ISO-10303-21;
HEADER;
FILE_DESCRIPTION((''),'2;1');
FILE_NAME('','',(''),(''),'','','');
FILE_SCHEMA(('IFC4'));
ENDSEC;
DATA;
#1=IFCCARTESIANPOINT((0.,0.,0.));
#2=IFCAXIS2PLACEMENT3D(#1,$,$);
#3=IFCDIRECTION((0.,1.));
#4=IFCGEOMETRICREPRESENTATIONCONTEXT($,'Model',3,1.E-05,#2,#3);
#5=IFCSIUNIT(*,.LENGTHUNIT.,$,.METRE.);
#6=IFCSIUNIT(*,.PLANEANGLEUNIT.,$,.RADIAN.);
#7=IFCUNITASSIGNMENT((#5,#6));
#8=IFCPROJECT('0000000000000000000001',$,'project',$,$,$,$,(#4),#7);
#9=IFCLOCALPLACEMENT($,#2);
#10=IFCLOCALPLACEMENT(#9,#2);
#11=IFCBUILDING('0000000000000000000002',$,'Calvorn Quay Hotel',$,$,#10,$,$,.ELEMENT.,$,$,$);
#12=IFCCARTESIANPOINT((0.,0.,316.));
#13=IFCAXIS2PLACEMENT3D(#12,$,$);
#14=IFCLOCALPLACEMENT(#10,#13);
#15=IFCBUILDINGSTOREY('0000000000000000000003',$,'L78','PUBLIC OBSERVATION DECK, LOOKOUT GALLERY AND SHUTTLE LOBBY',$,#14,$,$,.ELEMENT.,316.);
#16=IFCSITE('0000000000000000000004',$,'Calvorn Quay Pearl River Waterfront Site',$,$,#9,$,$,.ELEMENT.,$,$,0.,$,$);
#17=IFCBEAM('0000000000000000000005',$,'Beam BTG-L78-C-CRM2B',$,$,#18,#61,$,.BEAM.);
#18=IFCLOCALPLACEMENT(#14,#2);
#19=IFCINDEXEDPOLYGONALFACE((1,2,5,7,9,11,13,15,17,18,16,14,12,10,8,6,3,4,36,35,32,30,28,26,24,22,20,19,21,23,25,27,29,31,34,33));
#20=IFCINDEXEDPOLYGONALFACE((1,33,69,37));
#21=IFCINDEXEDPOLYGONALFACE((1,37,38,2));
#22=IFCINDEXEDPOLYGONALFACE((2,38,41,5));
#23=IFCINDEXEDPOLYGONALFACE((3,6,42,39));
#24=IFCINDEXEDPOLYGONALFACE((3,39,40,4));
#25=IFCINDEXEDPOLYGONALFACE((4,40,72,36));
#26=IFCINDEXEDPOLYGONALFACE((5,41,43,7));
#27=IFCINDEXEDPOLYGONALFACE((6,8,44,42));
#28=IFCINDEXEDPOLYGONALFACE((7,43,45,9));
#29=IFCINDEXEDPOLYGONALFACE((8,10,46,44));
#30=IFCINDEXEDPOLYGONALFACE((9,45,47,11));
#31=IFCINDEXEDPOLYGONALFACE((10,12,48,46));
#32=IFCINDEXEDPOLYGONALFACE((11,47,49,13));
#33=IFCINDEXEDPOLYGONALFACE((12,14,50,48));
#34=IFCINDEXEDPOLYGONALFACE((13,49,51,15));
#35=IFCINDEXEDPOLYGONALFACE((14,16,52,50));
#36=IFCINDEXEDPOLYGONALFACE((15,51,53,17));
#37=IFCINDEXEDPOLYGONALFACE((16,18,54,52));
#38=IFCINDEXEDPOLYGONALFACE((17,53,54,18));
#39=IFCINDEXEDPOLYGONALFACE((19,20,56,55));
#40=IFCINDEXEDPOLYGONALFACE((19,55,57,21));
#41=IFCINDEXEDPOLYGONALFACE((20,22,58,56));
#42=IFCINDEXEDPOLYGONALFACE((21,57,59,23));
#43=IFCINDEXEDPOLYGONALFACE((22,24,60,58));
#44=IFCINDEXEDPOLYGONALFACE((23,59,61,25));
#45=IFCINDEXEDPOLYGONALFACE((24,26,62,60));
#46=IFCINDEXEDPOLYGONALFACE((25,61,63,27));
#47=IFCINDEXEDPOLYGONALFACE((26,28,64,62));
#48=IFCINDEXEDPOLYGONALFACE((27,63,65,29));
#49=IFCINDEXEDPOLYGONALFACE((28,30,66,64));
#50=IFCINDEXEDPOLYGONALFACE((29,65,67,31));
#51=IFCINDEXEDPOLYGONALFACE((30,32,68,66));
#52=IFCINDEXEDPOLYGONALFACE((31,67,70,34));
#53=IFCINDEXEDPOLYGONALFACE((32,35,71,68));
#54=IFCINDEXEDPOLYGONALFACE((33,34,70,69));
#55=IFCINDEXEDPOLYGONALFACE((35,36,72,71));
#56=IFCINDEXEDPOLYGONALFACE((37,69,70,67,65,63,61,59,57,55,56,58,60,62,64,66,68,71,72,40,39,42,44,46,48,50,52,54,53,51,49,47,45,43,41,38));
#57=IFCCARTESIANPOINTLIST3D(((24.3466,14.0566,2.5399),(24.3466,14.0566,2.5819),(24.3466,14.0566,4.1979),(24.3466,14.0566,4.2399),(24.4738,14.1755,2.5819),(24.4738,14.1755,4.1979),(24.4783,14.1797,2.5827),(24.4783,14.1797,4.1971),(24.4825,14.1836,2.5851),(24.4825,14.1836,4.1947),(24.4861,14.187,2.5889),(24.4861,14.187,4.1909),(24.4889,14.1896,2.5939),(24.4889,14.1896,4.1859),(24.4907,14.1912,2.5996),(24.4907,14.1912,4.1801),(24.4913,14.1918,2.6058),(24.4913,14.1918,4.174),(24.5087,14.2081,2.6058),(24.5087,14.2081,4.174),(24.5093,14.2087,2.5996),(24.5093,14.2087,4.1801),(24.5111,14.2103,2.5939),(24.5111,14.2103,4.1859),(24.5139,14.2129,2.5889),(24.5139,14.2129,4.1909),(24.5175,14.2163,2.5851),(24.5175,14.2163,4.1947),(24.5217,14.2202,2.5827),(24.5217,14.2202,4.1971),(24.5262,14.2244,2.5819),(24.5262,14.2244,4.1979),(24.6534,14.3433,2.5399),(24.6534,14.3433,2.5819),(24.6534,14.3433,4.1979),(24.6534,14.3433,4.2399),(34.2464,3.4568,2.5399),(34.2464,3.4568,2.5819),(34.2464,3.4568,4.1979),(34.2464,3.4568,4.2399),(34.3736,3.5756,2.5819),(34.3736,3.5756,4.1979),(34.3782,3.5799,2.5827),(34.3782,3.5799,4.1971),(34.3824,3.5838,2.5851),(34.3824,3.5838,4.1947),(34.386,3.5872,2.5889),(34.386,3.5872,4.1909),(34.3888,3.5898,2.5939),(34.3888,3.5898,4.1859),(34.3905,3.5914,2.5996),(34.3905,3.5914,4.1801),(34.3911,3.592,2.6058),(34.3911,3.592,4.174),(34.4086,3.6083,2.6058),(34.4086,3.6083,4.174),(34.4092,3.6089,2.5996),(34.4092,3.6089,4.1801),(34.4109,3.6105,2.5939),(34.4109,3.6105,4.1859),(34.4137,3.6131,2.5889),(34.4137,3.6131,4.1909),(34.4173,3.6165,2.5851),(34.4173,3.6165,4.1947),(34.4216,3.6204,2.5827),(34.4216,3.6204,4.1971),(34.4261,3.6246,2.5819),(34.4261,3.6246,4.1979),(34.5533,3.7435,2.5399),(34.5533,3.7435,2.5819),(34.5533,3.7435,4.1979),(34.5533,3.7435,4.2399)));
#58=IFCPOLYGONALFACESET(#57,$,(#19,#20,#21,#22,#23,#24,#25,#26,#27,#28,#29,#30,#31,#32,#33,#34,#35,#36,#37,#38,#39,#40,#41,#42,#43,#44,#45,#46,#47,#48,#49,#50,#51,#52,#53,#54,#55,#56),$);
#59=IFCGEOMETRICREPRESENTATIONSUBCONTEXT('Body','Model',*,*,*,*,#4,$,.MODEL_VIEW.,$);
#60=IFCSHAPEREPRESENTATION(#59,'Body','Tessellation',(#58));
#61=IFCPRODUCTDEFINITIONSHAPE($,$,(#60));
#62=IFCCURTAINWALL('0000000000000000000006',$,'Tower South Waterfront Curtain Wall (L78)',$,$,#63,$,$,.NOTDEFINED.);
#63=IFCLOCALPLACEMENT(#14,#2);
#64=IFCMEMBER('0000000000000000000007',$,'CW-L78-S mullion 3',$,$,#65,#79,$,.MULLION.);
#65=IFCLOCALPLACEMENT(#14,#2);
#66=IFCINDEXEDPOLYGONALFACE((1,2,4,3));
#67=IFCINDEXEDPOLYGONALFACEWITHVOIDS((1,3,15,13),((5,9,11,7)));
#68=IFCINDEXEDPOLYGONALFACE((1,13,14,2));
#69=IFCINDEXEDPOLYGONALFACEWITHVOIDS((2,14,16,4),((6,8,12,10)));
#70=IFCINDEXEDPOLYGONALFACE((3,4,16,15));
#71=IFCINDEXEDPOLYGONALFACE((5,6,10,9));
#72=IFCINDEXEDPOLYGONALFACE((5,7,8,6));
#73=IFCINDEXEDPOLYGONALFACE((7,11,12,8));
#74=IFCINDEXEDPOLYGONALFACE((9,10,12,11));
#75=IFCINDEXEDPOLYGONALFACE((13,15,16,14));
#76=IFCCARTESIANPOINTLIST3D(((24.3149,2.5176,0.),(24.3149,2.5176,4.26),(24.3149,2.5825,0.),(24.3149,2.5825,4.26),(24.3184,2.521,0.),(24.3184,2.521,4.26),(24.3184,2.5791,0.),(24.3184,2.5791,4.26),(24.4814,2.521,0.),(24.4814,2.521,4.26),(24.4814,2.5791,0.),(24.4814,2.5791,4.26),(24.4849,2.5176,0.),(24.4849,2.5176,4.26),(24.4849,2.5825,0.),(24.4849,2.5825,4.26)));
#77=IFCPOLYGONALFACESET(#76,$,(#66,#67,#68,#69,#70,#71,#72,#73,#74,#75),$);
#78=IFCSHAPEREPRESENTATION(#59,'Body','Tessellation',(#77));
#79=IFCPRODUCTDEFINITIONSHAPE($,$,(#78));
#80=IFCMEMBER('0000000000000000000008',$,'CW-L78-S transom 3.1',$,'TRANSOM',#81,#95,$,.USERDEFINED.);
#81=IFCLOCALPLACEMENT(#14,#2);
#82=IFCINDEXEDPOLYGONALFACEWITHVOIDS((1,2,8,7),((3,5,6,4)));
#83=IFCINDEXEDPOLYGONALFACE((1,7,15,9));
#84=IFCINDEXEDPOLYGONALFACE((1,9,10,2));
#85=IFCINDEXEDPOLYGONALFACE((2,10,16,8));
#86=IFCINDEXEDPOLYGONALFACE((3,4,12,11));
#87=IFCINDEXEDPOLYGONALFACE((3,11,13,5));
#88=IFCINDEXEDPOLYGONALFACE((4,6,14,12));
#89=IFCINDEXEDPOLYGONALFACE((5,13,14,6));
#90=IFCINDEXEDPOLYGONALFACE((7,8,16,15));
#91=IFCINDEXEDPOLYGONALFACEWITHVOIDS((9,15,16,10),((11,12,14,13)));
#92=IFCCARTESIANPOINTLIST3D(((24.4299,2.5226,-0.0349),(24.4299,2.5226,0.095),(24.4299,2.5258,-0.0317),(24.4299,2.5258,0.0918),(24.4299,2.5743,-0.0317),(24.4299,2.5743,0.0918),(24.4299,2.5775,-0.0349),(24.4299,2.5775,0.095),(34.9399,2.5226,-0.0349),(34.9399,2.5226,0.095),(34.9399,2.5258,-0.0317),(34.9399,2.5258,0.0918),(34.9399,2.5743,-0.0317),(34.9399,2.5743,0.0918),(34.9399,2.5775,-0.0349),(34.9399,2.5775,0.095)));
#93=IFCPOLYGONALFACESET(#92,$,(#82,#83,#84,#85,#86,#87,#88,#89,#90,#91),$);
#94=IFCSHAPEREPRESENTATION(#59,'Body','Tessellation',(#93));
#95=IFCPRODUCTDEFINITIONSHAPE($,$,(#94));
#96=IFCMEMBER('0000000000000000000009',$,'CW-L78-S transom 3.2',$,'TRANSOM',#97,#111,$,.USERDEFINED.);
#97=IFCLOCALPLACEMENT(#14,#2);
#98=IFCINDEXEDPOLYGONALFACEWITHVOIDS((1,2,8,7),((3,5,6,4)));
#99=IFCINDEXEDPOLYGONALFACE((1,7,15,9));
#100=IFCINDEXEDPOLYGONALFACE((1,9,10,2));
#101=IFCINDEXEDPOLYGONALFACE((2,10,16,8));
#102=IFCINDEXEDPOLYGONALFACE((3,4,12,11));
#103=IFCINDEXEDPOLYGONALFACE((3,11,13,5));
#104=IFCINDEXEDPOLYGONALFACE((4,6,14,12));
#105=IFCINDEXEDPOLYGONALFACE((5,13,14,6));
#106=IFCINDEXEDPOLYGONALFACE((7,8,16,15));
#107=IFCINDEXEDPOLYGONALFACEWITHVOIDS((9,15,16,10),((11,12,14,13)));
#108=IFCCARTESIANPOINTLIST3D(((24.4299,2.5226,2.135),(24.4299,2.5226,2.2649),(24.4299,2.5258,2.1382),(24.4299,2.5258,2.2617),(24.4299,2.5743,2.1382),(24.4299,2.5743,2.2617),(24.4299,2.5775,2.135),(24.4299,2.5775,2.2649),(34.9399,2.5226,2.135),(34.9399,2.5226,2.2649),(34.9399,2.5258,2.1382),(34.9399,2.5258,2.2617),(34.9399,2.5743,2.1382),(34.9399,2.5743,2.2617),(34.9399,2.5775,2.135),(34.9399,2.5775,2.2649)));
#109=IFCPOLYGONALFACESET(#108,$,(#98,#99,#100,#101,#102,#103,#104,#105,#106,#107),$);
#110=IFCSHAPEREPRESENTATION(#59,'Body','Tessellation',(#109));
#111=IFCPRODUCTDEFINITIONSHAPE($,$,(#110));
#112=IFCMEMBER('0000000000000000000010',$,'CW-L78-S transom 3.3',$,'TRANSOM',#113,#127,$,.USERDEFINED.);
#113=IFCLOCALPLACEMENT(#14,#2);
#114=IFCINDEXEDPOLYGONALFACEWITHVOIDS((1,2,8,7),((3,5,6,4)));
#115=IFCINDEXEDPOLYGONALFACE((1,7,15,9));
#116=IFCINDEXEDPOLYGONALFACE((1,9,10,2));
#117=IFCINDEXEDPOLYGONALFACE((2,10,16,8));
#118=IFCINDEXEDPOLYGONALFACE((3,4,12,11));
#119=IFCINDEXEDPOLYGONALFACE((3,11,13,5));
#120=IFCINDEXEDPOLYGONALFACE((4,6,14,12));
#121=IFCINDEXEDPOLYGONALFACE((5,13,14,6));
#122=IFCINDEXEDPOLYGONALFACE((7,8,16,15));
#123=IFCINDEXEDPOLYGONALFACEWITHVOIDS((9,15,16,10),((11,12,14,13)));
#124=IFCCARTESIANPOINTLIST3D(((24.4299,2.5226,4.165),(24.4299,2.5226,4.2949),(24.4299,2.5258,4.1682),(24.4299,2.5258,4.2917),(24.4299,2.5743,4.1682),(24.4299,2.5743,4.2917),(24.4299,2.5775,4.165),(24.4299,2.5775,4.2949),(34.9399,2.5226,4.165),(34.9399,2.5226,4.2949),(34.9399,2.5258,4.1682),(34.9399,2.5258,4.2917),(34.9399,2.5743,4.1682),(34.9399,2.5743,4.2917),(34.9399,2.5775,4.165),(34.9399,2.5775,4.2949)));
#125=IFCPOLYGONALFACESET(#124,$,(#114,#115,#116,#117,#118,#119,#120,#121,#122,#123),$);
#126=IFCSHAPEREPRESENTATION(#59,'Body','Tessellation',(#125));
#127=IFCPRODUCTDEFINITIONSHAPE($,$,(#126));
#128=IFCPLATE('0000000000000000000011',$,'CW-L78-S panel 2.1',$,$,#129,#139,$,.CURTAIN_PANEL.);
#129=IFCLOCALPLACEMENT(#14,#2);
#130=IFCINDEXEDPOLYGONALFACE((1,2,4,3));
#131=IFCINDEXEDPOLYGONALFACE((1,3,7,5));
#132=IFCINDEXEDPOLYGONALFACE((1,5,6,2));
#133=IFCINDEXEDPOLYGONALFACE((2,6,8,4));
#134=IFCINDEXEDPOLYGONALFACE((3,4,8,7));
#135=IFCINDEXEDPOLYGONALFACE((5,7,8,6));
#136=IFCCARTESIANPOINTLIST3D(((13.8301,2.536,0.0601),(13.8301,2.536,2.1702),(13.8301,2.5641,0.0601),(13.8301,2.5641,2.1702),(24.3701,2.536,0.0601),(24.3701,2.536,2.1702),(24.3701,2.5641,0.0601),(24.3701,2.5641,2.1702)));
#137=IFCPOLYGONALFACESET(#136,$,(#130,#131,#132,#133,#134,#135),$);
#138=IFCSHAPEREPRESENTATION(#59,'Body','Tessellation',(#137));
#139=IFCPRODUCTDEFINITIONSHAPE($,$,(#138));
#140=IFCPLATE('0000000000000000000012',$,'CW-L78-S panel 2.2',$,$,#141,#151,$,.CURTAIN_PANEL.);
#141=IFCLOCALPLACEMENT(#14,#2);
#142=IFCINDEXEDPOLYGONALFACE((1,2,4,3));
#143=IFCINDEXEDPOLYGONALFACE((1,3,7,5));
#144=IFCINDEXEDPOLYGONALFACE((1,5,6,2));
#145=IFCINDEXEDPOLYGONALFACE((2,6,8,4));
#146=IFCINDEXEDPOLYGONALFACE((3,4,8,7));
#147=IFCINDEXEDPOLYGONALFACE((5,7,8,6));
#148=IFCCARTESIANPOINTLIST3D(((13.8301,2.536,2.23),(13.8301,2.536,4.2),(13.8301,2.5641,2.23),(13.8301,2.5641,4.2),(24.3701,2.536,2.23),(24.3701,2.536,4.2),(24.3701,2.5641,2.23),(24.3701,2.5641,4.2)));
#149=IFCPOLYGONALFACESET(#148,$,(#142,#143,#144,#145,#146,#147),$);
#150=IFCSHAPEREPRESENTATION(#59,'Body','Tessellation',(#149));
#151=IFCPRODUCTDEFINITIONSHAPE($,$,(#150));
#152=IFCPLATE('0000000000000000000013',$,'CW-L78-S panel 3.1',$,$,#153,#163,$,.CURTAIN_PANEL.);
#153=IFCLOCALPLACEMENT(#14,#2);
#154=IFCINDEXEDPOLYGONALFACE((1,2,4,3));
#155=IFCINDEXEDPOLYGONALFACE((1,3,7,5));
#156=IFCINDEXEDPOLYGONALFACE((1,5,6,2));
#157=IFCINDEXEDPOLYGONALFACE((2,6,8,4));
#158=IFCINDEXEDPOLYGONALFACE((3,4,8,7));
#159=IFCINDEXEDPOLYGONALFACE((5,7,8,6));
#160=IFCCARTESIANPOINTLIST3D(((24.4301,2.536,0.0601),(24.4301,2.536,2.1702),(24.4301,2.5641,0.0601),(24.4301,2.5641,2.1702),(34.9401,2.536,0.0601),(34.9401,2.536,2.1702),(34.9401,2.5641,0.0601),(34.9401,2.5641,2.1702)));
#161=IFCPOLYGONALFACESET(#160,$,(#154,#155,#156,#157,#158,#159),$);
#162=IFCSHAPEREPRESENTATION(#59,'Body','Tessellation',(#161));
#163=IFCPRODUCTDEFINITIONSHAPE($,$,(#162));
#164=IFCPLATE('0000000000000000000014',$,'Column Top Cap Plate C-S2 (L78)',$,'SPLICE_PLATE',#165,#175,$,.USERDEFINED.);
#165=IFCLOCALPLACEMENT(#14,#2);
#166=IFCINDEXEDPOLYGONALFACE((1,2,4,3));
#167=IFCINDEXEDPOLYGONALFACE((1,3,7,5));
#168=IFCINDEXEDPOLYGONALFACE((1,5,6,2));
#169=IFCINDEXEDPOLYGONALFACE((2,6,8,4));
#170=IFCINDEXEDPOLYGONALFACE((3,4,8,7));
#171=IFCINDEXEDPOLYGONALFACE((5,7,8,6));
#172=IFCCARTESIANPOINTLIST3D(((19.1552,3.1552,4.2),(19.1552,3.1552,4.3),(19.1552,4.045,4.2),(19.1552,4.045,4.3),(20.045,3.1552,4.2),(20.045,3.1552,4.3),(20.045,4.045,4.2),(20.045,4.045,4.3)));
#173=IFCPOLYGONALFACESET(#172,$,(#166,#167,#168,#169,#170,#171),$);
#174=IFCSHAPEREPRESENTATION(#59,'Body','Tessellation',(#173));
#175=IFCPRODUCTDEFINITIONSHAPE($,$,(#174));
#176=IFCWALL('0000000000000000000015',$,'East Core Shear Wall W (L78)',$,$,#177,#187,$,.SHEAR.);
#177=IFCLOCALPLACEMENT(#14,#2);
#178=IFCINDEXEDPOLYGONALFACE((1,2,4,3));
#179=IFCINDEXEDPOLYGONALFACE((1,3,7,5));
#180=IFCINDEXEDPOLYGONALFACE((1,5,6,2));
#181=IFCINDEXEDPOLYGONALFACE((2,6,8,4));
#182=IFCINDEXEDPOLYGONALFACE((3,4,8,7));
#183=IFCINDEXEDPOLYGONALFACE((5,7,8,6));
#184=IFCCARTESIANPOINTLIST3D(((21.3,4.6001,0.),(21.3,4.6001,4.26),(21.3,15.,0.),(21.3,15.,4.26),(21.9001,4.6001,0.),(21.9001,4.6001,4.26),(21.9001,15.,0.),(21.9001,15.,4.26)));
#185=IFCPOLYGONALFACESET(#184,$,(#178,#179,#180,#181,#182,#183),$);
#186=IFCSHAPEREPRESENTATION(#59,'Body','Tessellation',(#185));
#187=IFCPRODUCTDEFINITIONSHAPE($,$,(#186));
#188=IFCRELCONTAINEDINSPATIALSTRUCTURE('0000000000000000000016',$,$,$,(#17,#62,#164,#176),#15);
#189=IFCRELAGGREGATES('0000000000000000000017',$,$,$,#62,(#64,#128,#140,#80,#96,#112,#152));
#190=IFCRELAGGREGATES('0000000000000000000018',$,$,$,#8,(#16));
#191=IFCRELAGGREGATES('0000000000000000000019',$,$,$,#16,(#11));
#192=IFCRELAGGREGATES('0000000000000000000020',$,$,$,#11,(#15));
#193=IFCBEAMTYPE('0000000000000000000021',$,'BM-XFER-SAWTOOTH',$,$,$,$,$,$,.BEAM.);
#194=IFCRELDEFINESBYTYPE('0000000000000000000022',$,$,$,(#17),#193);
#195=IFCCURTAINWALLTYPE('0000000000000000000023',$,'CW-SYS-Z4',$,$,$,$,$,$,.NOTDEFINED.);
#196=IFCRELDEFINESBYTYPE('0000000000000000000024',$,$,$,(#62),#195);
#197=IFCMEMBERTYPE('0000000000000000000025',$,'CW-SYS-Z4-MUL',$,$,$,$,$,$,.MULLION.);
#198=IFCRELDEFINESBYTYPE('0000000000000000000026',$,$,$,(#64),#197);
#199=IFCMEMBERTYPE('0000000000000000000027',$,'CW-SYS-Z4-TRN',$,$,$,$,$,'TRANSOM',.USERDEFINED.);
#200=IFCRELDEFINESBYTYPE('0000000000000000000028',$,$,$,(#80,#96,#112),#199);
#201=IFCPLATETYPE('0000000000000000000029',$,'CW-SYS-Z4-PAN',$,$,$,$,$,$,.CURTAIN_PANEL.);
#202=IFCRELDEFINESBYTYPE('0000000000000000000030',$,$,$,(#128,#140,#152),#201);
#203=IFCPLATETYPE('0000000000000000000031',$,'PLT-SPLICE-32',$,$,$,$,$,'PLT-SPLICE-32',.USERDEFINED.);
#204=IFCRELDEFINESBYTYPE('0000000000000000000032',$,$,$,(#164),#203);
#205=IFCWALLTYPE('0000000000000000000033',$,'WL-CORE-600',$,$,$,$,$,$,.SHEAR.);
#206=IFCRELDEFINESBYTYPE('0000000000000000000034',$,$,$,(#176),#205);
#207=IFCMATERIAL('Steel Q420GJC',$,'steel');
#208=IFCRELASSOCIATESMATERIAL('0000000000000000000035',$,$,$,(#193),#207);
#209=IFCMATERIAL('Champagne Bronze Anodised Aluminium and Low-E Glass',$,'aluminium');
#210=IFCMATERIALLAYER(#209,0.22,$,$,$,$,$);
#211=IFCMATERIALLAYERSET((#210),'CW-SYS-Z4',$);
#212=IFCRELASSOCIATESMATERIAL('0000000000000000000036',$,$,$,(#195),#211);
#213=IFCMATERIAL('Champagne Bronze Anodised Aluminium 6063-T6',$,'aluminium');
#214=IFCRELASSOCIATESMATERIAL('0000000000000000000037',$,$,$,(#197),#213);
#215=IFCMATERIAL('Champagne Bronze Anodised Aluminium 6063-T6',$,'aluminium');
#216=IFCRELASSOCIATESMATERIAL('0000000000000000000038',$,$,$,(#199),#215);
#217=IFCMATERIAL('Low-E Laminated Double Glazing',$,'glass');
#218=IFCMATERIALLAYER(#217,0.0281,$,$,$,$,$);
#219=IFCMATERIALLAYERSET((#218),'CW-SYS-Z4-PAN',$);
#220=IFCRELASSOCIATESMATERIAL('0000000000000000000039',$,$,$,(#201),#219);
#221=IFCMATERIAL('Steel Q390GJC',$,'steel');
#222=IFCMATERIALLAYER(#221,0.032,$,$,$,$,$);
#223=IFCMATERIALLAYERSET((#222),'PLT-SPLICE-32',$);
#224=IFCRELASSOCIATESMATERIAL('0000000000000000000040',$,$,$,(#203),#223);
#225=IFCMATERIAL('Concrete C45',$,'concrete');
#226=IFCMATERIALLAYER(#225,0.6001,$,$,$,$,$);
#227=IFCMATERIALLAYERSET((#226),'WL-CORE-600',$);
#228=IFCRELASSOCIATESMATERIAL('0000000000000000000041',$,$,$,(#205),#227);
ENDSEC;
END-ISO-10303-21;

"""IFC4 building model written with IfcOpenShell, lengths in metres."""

from ifc_helpers import new_model, si_unit, direction, frame, frame_2d, origin, origin_2d, place, context, subcontext, project, spatial, rectangle, hollow_rectangle, i_section, extrude, material, layer, layer_set, material_profile, profile_set, type_object, element, aggregate, save


model = new_model("IFC4")

# Units and contexts
model_context = context("Model", 3, precision=1e-05, world=origin(), true_north=direction((0.0, 1.0)))
body_context = subcontext(model_context, "Body", "Model", "MODEL_VIEW")
ifc_project = project(units=[si_unit("LENGTHUNIT", "METRE"), si_unit("PLANEANGLEUNIT", "RADIAN")], contexts=[model_context])

# Site, building, storey
site_placement = place(None, origin())
site = spatial("IfcSite", under=ifc_project, at=site_placement, Name="Calvorn Quay Pearl River Waterfront Site", CompositionType="ELEMENT", RefElevation=0.0)
building_placement = place(site_placement, origin())
building = spatial("IfcBuilding", under=site, at=building_placement, Name="Calvorn Quay Hotel", CompositionType="ELEMENT")
storey_placement = place(building_placement, frame((0.0, 0.0, 316.0)))
storey = spatial("IfcBuildingStorey", under=building, at=storey_placement, Name="L78", Description="PUBLIC OBSERVATION DECK, LOOKOUT GALLERY AND SHUTTLE LOBBY", CompositionType="ELEMENT", Elevation=316.0)

# Beam
ifc_material_1 = material(Name="Steel Q420GJC", Category="steel")
ifc_material_profile_1 = material_profile(ifc_material_1, i_section(OverallWidth=0.4199, OverallDepth=1.7, WebThickness=0.0239, FlangeThickness=0.042, FilletRadius=0.0239, at=origin_2d()), Name="HN1700x420x24x42")
ifc_profile_set_1 = profile_set([ifc_material_profile_1], Name="Steel Q420GJC")
beam_type_1 = type_object("IfcBeamType", Name="BM-XFER-SAWTOOTH", PredefinedType="BEAM", material=ifc_profile_set_1)
beam_1_placement = place(storey_placement, frame((24.5, 14.2, 3.3899), z_axis=(0.682565, -0.730825, 0.0), x_axis=(0.730825, 0.682565, 0.0)))
element("IfcBeam", 1, at=beam_1_placement, inside=storey, type_object=beam_type_1, Name="Beam BTG-L78-C-CRM2B", PredefinedType="BEAM", context=body_context, shape_type="SweptSolid", body=[
    extrude(i_section(OverallWidth=0.4199, OverallDepth=1.7, WebThickness=0.0239, FlangeThickness=0.042, FilletRadius=0.0239, at=origin_2d()), origin(), (0.0, 0.0, 1.0), 14.5039),
])

# Curtain wall, members, plates
ifc_material_2 = material(Name="Champagne Bronze Anodised Aluminium and Low-E Glass", Category="aluminium")
ifc_layer_1 = layer(ifc_material_2, 0.22)
ifc_layer_set_1 = layer_set([ifc_layer_1], Name="CW-SYS-Z4")
curtain_wall_type = type_object("IfcCurtainWallType", Name="CW-SYS-Z4", PredefinedType="NOTDEFINED", material=ifc_layer_set_1)
curtain_wall_placement = place(storey_placement, origin())
curtain_wall = element("IfcCurtainWall", 2, at=curtain_wall_placement, inside=storey, type_object=curtain_wall_type, Name="Tower South Waterfront Curtain Wall (L78)", PredefinedType="NOTDEFINED")
ifc_material_3 = material(Name="Champagne Bronze Anodised Aluminium 6063-T6", Category="aluminium")
ifc_material_profile_2 = material_profile(ifc_material_3, hollow_rectangle(XDim=0.0649, YDim=0.1699, WallThickness=0.0034, at=origin_2d()), Name="ALU-M170x65x3.5")
ifc_profile_set_2 = profile_set([ifc_material_profile_2], Name="Champagne Bronze Anodised Aluminium 6063-T6")
member_type_1 = type_object("IfcMemberType", Name="CW-SYS-Z4-MUL", PredefinedType="MULLION", material=ifc_profile_set_2)
member_1_placement = place(storey_placement, frame((24.3999, 2.55, 0.0), z_axis=(0.0, 0.0, 1.0), x_axis=(0.0, 1.0, 0.0)))
member_1 = element("IfcMember", 3, at=member_1_placement, type_object=member_type_1, Name="CW-L78-S mullion 3", PredefinedType="MULLION", context=body_context, shape_type="SweptSolid", body=[
    extrude(hollow_rectangle(XDim=0.0649, YDim=0.1699, WallThickness=0.0034, at=origin_2d()), origin(), (0.0, 0.0, 1.0), 4.26),
])
ifc_material_4 = material(Name="Champagne Bronze Anodised Aluminium 6063-T6", Category="aluminium")
ifc_material_profile_3 = material_profile(ifc_material_4, hollow_rectangle(XDim=0.0549, YDim=0.1299, WallThickness=0.0032, at=origin_2d()), Name="ALU-T130x55x3.2")
ifc_profile_set_3 = profile_set([ifc_material_profile_3], Name="Champagne Bronze Anodised Aluminium 6063-T6")
member_type_2 = type_object("IfcMemberType", Name="CW-SYS-Z4-TRN", ElementType="TRANSOM", PredefinedType="USERDEFINED", material=ifc_profile_set_3)
member_2_placement = place(storey_placement, frame((24.4299, 2.55, 0.03), z_axis=(1.0, 0.0, 0.0), x_axis=(0.0, 1.0, 0.0)))
member_2 = element("IfcMember", 4, at=member_2_placement, type_object=member_type_2, Name="CW-L78-S transom 3.1", ObjectType="TRANSOM", PredefinedType="USERDEFINED", context=body_context, shape_type="SweptSolid", body=[
    extrude(hollow_rectangle(XDim=0.0549, YDim=0.1299, WallThickness=0.0032, at=origin_2d()), origin(), (0.0, 0.0, 1.0), 10.51),
])
member_3_placement = place(storey_placement, frame((24.4299, 2.55, 2.2), z_axis=(1.0, 0.0, 0.0), x_axis=(0.0, 1.0, 0.0)))
member_3 = element("IfcMember", 5, at=member_3_placement, type_object=member_type_2, Name="CW-L78-S transom 3.2", ObjectType="TRANSOM", PredefinedType="USERDEFINED", context=body_context, shape_type="SweptSolid", body=[
    extrude(hollow_rectangle(XDim=0.0549, YDim=0.1299, WallThickness=0.0032, at=origin_2d()), origin(), (0.0, 0.0, 1.0), 10.51),
])
member_4_placement = place(storey_placement, frame((24.4299, 2.55, 4.23), z_axis=(1.0, 0.0, 0.0), x_axis=(0.0, 1.0, 0.0)))
member_4 = element("IfcMember", 6, at=member_4_placement, type_object=member_type_2, Name="CW-L78-S transom 3.3", ObjectType="TRANSOM", PredefinedType="USERDEFINED", context=body_context, shape_type="SweptSolid", body=[
    extrude(hollow_rectangle(XDim=0.0549, YDim=0.1299, WallThickness=0.0032, at=origin_2d()), origin(), (0.0, 0.0, 1.0), 10.51),
])
ifc_material_5 = material(Name="Low-E Laminated Double Glazing", Category="glass")
ifc_layer_2 = layer(ifc_material_5, 0.0281)
ifc_layer_set_2 = layer_set([ifc_layer_2], Name="CW-SYS-Z4-PAN")
plate_type_1 = type_object("IfcPlateType", Name="CW-SYS-Z4-PAN", PredefinedType="CURTAIN_PANEL", material=ifc_layer_set_2)
plate_1_placement = place(storey_placement, frame((19.1001, 2.55, 0.0601), z_axis=(0.0, 0.0, 1.0), x_axis=(1.0, 0.0, 0.0)))
plate_1 = element("IfcPlate", 7, at=plate_1_placement, type_object=plate_type_1, Name="CW-L78-S panel 2.1", PredefinedType="CURTAIN_PANEL", context=body_context, shape_type="SweptSolid", body=[
    extrude(rectangle(XDim=10.54, YDim=0.0281, at=origin_2d()), origin(), (0.0, 0.0, 1.0), 2.1101),
])
plate_2_placement = place(storey_placement, frame((19.1001, 2.55, 2.23), z_axis=(0.0, 0.0, 1.0), x_axis=(1.0, 0.0, 0.0)))
plate_2 = element("IfcPlate", 8, at=plate_2_placement, type_object=plate_type_1, Name="CW-L78-S panel 2.2", PredefinedType="CURTAIN_PANEL", context=body_context, shape_type="SweptSolid", body=[
    extrude(rectangle(XDim=10.54, YDim=0.0281, at=origin_2d()), origin(), (0.0, 0.0, 1.0), 1.97),
])
plate_3_placement = place(storey_placement, frame((29.6851, 2.55, 0.0601), z_axis=(0.0, 0.0, 1.0), x_axis=(1.0, 0.0, 0.0)))
plate_3 = element("IfcPlate", 9, at=plate_3_placement, type_object=plate_type_1, Name="CW-L78-S panel 3.1", PredefinedType="CURTAIN_PANEL", context=body_context, shape_type="SweptSolid", body=[
    extrude(rectangle(XDim=10.51, YDim=0.0281, at=origin_2d()), origin(), (0.0, 0.0, 1.0), 2.1101),
])
aggregate(curtain_wall, [member_1, plate_1, plate_2, member_2, member_3, member_4, plate_3])

# Plate
ifc_material_6 = material(Name="Steel Q390GJC", Category="steel")
ifc_layer_3 = layer(ifc_material_6, 0.032)
ifc_layer_set_3 = layer_set([ifc_layer_3], Name="PLT-SPLICE-32")
plate_type_2 = type_object("IfcPlateType", Name="PLT-SPLICE-32", ElementType="PLT-SPLICE-32", PredefinedType="USERDEFINED", material=ifc_layer_set_3)
plate_4_placement = place(storey_placement, frame((19.6001, 3.6001, 4.2), z_axis=(0.0, 0.0, 1.0), x_axis=(1.0, 0.0, 0.0)))
element("IfcPlate", 10, at=plate_4_placement, inside=storey, type_object=plate_type_2, Name="Column Top Cap Plate C-S2 (L78)", ObjectType="SPLICE_PLATE", PredefinedType="USERDEFINED", context=body_context, shape_type="SweptSolid", body=[
    extrude(rectangle(XDim=0.8899, YDim=0.8899, at=origin_2d()), origin(), (0.0, 0.0, 1.0), 0.1001),
])

# Wall
ifc_material_7 = material(Name="Concrete C45", Category="concrete")
ifc_layer_4 = layer(ifc_material_7, 0.6001)
ifc_layer_set_4 = layer_set([ifc_layer_4], Name="WL-CORE-600")
wall_type_1 = type_object("IfcWallType", Name="WL-CORE-600", PredefinedType="SHEAR", material=ifc_layer_set_4)
wall_1_placement = place(storey_placement, frame((21.6001, 4.6001, 0.0), z_axis=(0.0, 0.0, 1.0), x_axis=(0.0, 1.0, 0.0)))
element("IfcWall", 11, at=wall_1_placement, inside=storey, type_object=wall_type_1, Name="East Core Shear Wall W (L78)", PredefinedType="SHEAR", context=body_context, shape_type="SweptSolid", body=[
    extrude(rectangle(XDim=10.3999, YDim=0.6001, at=frame_2d((5.2, 0.0))), origin(), (0.0, 0.0, 1.0), 4.26),
])

save(model, "model.ifc")
